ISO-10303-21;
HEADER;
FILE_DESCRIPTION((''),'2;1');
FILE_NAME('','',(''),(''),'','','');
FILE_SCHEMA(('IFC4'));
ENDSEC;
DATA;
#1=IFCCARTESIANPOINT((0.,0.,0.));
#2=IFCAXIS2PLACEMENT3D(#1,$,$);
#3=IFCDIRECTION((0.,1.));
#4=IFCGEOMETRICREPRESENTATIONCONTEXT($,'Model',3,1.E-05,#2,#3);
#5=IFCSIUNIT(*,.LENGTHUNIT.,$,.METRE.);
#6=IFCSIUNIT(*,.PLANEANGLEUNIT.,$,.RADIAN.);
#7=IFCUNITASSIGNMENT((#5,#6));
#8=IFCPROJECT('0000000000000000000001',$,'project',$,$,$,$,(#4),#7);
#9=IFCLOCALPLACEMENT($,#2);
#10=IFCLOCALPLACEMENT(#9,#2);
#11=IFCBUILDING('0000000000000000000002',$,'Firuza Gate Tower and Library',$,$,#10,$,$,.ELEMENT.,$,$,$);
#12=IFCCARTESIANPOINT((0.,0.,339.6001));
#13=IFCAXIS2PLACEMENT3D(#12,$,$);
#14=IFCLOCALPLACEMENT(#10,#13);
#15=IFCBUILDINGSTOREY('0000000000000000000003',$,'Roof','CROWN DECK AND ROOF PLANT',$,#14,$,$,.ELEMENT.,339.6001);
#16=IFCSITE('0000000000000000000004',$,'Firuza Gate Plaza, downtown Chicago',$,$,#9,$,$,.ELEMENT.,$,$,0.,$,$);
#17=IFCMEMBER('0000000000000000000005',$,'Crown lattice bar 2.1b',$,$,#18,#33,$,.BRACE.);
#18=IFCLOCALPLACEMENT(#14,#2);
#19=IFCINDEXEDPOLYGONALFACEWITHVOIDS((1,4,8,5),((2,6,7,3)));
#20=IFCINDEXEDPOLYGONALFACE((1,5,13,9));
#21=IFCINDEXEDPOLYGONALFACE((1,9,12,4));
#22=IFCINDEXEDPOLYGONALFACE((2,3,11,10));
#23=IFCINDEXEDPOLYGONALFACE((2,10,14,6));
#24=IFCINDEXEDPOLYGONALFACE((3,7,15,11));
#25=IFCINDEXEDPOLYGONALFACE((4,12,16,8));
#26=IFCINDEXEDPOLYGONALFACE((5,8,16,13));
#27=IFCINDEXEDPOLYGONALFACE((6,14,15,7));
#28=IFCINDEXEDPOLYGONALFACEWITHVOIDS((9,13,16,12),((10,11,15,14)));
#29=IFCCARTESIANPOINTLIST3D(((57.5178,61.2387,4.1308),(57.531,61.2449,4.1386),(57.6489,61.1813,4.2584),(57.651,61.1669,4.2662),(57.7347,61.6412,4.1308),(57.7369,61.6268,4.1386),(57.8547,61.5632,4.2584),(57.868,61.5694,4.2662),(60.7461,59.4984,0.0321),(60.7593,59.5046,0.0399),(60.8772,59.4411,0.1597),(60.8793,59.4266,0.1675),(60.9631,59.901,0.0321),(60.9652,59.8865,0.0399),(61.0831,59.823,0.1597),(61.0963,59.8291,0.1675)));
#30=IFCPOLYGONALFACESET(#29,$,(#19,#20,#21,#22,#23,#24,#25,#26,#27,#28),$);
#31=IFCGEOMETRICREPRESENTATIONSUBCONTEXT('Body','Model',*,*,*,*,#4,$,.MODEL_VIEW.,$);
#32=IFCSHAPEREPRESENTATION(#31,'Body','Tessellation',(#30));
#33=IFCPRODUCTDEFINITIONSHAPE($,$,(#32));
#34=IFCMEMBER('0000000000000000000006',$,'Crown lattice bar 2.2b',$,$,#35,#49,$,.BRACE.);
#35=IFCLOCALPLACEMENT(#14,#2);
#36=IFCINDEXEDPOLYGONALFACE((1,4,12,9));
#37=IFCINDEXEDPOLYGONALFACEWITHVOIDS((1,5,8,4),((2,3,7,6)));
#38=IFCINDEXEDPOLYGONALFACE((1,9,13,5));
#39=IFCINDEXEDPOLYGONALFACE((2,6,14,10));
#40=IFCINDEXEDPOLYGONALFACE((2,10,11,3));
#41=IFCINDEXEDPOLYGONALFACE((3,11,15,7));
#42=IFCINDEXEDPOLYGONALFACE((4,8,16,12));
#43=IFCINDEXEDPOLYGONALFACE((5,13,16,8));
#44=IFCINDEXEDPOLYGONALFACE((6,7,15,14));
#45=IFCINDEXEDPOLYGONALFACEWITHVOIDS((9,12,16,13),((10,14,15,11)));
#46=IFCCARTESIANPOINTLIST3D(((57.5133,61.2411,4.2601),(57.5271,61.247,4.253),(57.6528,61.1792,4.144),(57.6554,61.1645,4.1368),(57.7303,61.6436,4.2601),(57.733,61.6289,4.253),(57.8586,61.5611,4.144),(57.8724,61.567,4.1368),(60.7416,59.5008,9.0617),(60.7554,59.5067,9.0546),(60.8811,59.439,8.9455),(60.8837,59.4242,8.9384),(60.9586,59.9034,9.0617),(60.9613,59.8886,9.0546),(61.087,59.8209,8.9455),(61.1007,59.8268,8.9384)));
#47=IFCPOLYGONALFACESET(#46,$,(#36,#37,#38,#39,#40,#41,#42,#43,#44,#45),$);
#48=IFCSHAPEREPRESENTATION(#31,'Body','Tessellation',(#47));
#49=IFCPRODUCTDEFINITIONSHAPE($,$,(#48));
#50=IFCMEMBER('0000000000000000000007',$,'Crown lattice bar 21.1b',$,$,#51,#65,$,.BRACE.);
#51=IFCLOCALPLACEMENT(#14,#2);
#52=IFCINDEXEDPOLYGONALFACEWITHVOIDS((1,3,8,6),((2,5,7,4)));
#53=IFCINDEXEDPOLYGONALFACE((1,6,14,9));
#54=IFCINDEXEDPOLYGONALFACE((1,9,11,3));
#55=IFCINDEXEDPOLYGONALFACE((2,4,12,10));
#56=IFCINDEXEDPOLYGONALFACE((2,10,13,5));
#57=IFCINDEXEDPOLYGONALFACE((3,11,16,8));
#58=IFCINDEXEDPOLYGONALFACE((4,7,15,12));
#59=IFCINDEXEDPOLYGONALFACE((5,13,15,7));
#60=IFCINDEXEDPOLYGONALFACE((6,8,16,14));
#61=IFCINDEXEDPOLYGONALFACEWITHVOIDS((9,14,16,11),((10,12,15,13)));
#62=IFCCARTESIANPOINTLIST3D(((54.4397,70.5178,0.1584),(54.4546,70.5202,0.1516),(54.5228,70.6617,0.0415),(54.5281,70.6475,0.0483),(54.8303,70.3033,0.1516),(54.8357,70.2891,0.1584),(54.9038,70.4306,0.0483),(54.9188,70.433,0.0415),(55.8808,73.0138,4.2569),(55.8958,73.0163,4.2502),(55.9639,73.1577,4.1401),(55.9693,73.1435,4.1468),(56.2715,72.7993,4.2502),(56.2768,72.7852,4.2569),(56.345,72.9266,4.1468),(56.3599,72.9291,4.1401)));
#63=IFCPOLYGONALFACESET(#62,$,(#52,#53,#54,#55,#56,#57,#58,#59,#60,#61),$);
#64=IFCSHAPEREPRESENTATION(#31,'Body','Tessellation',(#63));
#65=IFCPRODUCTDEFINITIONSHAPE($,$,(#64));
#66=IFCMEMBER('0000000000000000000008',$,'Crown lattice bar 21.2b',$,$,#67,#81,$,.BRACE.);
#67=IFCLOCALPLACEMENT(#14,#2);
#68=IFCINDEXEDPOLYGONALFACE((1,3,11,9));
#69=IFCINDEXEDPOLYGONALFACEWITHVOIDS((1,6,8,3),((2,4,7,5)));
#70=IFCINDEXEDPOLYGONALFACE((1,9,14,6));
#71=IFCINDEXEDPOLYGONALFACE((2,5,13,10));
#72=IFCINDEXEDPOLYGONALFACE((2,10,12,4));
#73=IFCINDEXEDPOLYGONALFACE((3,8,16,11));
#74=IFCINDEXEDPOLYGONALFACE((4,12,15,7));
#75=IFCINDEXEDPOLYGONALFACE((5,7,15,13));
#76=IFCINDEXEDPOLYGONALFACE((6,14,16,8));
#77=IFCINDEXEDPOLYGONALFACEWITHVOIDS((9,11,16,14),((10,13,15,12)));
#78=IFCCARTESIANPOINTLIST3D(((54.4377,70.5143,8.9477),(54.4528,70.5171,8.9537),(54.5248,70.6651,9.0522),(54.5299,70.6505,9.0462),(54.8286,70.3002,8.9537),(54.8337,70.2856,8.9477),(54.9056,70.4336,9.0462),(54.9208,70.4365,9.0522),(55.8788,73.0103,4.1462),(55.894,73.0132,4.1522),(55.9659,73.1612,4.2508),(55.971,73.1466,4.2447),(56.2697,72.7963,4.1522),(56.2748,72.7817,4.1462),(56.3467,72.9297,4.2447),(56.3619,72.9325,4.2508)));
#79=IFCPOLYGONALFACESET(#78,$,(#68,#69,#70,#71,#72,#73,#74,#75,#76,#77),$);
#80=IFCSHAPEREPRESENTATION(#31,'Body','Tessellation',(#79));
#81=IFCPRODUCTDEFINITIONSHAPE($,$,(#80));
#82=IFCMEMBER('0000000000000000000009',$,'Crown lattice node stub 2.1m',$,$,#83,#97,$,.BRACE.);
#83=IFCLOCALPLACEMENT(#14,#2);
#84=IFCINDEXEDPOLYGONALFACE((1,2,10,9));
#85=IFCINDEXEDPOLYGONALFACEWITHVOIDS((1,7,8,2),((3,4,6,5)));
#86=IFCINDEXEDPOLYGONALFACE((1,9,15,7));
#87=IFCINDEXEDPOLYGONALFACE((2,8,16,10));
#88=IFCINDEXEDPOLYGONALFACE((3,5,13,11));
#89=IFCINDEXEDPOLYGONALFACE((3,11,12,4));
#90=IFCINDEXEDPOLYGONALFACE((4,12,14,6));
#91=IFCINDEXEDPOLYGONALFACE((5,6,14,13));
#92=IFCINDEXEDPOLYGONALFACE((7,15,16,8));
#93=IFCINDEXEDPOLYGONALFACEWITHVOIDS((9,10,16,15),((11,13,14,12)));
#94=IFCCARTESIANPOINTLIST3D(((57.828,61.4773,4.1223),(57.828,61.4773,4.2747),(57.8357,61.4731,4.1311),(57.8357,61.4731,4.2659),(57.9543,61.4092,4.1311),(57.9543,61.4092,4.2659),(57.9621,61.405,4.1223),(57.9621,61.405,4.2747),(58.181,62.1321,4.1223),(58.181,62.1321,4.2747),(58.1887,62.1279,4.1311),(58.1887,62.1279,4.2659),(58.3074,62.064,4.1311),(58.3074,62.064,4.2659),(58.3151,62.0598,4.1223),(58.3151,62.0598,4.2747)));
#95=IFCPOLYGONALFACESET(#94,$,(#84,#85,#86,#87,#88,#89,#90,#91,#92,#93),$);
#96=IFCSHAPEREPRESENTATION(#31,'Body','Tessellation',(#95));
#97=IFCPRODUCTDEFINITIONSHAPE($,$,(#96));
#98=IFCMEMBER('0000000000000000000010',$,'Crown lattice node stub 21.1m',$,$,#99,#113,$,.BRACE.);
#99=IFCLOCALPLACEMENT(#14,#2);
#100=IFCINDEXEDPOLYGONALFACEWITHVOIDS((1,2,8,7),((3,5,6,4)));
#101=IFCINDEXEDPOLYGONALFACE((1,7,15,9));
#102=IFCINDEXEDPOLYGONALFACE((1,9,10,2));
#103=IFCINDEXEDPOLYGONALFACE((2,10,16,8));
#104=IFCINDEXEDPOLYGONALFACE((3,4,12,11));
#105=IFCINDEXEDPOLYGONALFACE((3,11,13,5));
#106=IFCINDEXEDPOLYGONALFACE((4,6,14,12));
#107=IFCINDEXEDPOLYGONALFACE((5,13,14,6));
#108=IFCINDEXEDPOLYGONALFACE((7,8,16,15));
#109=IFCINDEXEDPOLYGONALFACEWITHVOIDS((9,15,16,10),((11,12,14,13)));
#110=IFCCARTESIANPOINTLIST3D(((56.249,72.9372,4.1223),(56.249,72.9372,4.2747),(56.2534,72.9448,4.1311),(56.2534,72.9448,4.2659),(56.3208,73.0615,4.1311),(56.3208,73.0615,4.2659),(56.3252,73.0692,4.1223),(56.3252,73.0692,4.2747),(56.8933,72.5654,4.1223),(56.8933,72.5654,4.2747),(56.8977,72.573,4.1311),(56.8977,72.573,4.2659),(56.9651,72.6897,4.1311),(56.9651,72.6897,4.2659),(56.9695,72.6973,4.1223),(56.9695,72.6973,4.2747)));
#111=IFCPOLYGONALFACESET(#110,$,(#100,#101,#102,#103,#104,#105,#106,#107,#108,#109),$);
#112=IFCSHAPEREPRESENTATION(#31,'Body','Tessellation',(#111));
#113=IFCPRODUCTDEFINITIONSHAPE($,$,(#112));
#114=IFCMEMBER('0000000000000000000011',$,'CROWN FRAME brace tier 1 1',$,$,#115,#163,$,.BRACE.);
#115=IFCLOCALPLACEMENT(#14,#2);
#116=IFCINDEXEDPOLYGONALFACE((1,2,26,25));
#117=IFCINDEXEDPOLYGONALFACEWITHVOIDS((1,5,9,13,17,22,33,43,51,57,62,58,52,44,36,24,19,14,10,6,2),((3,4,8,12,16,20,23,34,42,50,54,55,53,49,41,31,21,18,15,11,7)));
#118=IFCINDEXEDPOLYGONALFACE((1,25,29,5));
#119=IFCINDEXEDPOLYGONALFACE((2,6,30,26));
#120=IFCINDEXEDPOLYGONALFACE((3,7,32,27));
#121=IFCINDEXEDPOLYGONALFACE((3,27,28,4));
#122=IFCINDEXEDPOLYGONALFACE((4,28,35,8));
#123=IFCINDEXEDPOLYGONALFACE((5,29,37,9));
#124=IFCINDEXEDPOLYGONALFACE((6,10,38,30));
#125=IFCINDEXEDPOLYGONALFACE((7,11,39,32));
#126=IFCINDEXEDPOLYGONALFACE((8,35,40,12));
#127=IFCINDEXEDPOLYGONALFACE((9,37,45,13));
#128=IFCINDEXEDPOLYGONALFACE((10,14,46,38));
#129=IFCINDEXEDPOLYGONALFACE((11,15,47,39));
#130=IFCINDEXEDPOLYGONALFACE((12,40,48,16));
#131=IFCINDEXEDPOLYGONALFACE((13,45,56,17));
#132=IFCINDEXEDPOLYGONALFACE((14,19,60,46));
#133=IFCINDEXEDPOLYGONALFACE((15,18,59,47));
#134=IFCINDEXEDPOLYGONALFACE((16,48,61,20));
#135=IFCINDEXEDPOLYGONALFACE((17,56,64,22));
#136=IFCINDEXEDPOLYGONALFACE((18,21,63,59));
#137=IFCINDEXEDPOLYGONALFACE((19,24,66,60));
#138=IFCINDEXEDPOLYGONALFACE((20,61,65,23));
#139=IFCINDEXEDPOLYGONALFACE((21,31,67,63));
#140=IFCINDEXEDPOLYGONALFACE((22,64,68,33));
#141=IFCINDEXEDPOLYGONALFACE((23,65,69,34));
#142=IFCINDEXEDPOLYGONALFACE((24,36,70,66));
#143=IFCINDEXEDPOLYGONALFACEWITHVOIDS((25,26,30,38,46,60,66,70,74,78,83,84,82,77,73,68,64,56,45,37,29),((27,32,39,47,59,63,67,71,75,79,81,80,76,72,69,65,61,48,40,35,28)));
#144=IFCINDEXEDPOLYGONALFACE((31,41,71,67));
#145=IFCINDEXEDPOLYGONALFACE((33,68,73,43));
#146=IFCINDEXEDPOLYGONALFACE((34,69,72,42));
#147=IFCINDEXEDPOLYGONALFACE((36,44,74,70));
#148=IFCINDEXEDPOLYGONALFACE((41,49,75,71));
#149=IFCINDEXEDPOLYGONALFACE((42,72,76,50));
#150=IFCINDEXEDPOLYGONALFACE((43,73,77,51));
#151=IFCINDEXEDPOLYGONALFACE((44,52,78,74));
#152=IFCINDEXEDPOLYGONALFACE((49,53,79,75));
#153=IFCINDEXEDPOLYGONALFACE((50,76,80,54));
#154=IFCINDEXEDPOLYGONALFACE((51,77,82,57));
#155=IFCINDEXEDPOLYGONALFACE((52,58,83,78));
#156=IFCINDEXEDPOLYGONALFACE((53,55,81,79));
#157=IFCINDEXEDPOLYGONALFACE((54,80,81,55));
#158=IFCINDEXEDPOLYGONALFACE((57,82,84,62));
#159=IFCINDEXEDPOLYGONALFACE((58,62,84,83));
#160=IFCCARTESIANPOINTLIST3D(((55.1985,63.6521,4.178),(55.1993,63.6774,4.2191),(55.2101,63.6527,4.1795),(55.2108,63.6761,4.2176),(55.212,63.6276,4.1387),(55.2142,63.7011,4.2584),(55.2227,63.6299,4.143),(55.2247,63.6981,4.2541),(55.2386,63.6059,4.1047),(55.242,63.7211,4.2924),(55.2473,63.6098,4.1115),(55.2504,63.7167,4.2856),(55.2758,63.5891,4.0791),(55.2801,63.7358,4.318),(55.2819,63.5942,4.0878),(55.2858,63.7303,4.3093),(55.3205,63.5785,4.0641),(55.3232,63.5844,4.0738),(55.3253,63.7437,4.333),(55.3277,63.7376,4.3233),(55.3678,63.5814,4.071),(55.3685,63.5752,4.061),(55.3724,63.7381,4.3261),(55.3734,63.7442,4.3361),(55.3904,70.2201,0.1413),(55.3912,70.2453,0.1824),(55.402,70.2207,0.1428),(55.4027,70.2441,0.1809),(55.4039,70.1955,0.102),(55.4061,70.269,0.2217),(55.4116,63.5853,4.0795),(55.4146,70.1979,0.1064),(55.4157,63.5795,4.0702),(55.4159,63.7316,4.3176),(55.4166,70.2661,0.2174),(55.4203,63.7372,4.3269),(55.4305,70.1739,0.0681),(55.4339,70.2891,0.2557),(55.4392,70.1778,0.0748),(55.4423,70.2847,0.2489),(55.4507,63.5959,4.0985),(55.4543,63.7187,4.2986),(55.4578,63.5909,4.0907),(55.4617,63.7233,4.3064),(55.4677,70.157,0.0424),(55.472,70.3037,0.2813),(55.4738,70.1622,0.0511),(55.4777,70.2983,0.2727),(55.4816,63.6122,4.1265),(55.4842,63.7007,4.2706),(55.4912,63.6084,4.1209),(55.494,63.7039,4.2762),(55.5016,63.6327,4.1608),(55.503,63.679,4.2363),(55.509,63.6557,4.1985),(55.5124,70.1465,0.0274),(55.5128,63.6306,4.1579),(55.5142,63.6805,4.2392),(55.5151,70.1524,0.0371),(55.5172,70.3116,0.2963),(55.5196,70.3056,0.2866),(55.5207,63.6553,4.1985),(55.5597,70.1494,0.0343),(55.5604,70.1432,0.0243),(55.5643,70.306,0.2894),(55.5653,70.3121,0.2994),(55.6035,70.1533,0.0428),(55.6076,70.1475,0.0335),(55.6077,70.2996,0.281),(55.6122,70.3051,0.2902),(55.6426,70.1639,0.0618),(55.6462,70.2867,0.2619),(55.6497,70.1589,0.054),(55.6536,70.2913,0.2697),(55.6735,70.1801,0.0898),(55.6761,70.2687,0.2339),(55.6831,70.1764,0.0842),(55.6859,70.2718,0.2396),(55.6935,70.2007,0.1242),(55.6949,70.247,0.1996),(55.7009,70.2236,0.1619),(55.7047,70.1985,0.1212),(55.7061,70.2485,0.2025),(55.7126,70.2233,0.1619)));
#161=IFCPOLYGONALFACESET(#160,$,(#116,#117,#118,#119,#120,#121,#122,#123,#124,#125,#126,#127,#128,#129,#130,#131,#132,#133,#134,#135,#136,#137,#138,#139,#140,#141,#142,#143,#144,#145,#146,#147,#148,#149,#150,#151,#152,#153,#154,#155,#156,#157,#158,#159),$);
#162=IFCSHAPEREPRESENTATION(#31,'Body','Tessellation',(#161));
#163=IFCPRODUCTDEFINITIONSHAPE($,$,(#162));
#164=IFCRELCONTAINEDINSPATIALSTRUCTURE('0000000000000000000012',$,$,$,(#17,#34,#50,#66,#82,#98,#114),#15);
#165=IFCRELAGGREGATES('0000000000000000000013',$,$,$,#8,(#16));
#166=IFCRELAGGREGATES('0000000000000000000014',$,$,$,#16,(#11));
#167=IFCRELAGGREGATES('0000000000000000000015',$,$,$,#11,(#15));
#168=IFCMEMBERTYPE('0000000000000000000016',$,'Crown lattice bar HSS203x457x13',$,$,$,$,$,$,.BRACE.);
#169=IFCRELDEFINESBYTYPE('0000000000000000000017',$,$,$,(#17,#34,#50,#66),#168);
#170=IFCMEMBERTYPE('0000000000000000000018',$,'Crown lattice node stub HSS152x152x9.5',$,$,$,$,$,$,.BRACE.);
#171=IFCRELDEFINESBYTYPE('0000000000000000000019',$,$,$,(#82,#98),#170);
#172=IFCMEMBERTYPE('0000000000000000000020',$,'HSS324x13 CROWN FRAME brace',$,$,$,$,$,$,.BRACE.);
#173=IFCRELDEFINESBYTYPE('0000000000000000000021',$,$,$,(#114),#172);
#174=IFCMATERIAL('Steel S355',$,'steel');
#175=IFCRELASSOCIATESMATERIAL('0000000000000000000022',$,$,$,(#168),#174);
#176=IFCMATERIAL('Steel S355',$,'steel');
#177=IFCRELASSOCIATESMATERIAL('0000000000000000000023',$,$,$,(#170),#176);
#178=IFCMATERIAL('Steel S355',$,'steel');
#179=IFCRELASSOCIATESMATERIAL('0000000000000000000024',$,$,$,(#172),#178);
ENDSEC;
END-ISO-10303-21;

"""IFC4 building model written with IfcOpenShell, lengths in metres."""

from ifc_helpers import new_model, si_unit, direction, frame, origin, origin_2d, place, context, subcontext, project, spatial, hollow_rectangle, hollow_circle, extrude, material, material_profile, profile_set, type_object, element, save


model = new_model("IFC4")

# Units and contexts
model_context = context("Model", 3, precision=1e-05, world=origin(), true_north=direction((0.0, 1.0)))
body_context = subcontext(model_context, "Body", "Model", "MODEL_VIEW")
ifc_project = project(units=[si_unit("LENGTHUNIT", "METRE"), si_unit("PLANEANGLEUNIT", "RADIAN")], contexts=[model_context])

# Site, building, storey
site_placement = place(None, origin())
site = spatial("IfcSite", under=ifc_project, at=site_placement, Name="Firuza Gate Plaza, downtown Chicago", CompositionType="ELEMENT", RefElevation=0.0)
building_placement = place(site_placement, origin())
building = spatial("IfcBuilding", under=site, at=building_placement, Name="Firuza Gate Tower and Library", CompositionType="ELEMENT")
storey_placement = place(building_placement, frame((0.0, 0.0, 339.6001)))
storey = spatial("IfcBuildingStorey", under=building, at=storey_placement, Name="Roof", Description="CROWN DECK AND ROOF PLANT", CompositionType="ELEMENT", Elevation=339.6001)

# Members
ifc_material_1 = material(Name="Steel S355", Category="steel")
ifc_material_profile_1 = material_profile(ifc_material_1, hollow_rectangle(XDim=0.4573, YDim=0.2031, WallThickness=0.0117, at=origin_2d()))
ifc_profile_set_1 = profile_set([ifc_material_profile_1], Name="Steel S355")
member_type_1 = type_object("IfcMemberType", Name="Crown lattice bar HSS203x457x13", PredefinedType="BRACE", material=ifc_profile_set_1)
member_1_placement = place(storey_placement, frame((57.6929, 61.4041, 4.1985), z_axis=(0.586969, -0.316412, -0.745219), x_axis=(0.474509, 0.880251, 0.0)))
element("IfcMember", 1, at=member_1_placement, inside=storey, type_object=member_type_1, Name="Crown lattice bar 2.1b", PredefinedType="BRACE", context=body_context, shape_type="SweptSolid", body=[
    extrude(hollow_rectangle(XDim=0.4573, YDim=0.2031, WallThickness=0.0117, at=origin_2d()), origin(), (0.0, 0.0, 1.0), 5.5),
])
member_2_placement = place(storey_placement, frame((57.6929, 61.4041, 4.1985), z_axis=(0.534313, -0.288027, 0.794701), x_axis=(0.474509, 0.880251, 0.0)))
element("IfcMember", 2, at=member_2_placement, inside=storey, type_object=member_type_1, Name="Crown lattice bar 2.2b", PredefinedType="BRACE", context=body_context, shape_type="SweptSolid", body=[
    extrude(hollow_rectangle(XDim=0.4573, YDim=0.2031, WallThickness=0.0117, at=origin_2d()), origin(), (0.0, 0.0, 1.0), 6.042),
])
member_3_placement = place(storey_placement, frame((56.1204, 72.9714, 4.1985), z_axis=(-0.287622, -0.498162, -0.817991), x_axis=(0.866019, -0.500011, 0.0)))
element("IfcMember", 3, at=member_3_placement, inside=storey, type_object=member_type_1, Name="Crown lattice bar 21.1b", PredefinedType="BRACE", context=body_context, shape_type="SweptSolid", body=[
    extrude(hollow_rectangle(XDim=0.4573, YDim=0.2031, WallThickness=0.0117, at=origin_2d()), origin(), (0.0, 0.0, 1.0), 5.0105),
])
member_4_placement = place(storey_placement, frame((56.1204, 72.9714, 4.1985), z_axis=(-0.257342, -0.445717, 0.857386), x_axis=(0.866019, -0.500011, 0.0)))
element("IfcMember", 4, at=member_4_placement, inside=storey, type_object=member_type_1, Name="Crown lattice bar 21.2b", PredefinedType="BRACE", context=body_context, shape_type="SweptSolid", body=[
    extrude(hollow_rectangle(XDim=0.4573, YDim=0.2031, WallThickness=0.0117, at=origin_2d()), origin(), (0.0, 0.0, 1.0), 5.6001),
])
ifc_material_2 = material(Name="Steel S355", Category="steel")
ifc_material_profile_2 = material_profile(ifc_material_2, hollow_rectangle(XDim=0.1523, YDim=0.1523, WallThickness=0.0088, at=origin_2d()))
ifc_profile_set_2 = profile_set([ifc_material_profile_2], Name="Steel S355")
member_type_2 = type_object("IfcMemberType", Name="Crown lattice node stub HSS152x152x9.5", PredefinedType="BRACE", material=ifc_profile_set_2)
for number, where, z_axis, x_axis, name in (
    (5, (58.248, 62.0959, 4.1985), (-0.474569, -0.880218, 0.0), (0.880218, -0.474569, 0.0), "Crown lattice node stub 2.1m"),
    (6, (56.9314, 72.6313, 4.1985), (-0.866115, 0.499846, 0.0), (-0.499846, -0.866115, 0.0), "Crown lattice node stub 21.1m"),
):
    element("IfcMember", number, at=place(storey_placement, frame(where, z_axis=z_axis, x_axis=x_axis)), inside=storey, type_object=member_type_2, Name=name, PredefinedType="BRACE", context=body_context, shape_type="SweptSolid", body=[
        extrude(hollow_rectangle(XDim=0.1523, YDim=0.1523, WallThickness=0.0088, at=origin_2d()), origin(), (0.0, 0.0, 1.0), 0.7439),
    ])
ifc_material_3 = material(Name="Steel S355", Category="steel")
ifc_material_profile_3 = material_profile(ifc_material_3, hollow_circle(Radius=0.1619, WallThickness=0.0117, at=origin_2d()))
ifc_profile_set_3 = profile_set([ifc_material_profile_3], Name="Steel S355")
member_type_3 = type_object("IfcMemberType", Name="HSS324x13 CROWN FRAME brace", PredefinedType="BRACE", material=ifc_profile_set_3)
member_5_placement = place(storey_placement, frame((55.5508, 70.228, 0.1619), z_axis=(-0.024884, -0.851692, 0.523451), x_axis=(0.999573, -0.029205, 0.0)))
element("IfcMember", 7, at=member_5_placement, inside=storey, type_object=member_type_3, Name="CROWN FRAME brace tier 1 1", PredefinedType="BRACE", context=body_context, shape_type="SweptSolid", body=[
    extrude(hollow_circle(Radius=0.1619, WallThickness=0.0117, at=origin_2d()), origin(), (0.0, 0.0, 1.0), 7.7117),
])

save(model, "model.ifc")
